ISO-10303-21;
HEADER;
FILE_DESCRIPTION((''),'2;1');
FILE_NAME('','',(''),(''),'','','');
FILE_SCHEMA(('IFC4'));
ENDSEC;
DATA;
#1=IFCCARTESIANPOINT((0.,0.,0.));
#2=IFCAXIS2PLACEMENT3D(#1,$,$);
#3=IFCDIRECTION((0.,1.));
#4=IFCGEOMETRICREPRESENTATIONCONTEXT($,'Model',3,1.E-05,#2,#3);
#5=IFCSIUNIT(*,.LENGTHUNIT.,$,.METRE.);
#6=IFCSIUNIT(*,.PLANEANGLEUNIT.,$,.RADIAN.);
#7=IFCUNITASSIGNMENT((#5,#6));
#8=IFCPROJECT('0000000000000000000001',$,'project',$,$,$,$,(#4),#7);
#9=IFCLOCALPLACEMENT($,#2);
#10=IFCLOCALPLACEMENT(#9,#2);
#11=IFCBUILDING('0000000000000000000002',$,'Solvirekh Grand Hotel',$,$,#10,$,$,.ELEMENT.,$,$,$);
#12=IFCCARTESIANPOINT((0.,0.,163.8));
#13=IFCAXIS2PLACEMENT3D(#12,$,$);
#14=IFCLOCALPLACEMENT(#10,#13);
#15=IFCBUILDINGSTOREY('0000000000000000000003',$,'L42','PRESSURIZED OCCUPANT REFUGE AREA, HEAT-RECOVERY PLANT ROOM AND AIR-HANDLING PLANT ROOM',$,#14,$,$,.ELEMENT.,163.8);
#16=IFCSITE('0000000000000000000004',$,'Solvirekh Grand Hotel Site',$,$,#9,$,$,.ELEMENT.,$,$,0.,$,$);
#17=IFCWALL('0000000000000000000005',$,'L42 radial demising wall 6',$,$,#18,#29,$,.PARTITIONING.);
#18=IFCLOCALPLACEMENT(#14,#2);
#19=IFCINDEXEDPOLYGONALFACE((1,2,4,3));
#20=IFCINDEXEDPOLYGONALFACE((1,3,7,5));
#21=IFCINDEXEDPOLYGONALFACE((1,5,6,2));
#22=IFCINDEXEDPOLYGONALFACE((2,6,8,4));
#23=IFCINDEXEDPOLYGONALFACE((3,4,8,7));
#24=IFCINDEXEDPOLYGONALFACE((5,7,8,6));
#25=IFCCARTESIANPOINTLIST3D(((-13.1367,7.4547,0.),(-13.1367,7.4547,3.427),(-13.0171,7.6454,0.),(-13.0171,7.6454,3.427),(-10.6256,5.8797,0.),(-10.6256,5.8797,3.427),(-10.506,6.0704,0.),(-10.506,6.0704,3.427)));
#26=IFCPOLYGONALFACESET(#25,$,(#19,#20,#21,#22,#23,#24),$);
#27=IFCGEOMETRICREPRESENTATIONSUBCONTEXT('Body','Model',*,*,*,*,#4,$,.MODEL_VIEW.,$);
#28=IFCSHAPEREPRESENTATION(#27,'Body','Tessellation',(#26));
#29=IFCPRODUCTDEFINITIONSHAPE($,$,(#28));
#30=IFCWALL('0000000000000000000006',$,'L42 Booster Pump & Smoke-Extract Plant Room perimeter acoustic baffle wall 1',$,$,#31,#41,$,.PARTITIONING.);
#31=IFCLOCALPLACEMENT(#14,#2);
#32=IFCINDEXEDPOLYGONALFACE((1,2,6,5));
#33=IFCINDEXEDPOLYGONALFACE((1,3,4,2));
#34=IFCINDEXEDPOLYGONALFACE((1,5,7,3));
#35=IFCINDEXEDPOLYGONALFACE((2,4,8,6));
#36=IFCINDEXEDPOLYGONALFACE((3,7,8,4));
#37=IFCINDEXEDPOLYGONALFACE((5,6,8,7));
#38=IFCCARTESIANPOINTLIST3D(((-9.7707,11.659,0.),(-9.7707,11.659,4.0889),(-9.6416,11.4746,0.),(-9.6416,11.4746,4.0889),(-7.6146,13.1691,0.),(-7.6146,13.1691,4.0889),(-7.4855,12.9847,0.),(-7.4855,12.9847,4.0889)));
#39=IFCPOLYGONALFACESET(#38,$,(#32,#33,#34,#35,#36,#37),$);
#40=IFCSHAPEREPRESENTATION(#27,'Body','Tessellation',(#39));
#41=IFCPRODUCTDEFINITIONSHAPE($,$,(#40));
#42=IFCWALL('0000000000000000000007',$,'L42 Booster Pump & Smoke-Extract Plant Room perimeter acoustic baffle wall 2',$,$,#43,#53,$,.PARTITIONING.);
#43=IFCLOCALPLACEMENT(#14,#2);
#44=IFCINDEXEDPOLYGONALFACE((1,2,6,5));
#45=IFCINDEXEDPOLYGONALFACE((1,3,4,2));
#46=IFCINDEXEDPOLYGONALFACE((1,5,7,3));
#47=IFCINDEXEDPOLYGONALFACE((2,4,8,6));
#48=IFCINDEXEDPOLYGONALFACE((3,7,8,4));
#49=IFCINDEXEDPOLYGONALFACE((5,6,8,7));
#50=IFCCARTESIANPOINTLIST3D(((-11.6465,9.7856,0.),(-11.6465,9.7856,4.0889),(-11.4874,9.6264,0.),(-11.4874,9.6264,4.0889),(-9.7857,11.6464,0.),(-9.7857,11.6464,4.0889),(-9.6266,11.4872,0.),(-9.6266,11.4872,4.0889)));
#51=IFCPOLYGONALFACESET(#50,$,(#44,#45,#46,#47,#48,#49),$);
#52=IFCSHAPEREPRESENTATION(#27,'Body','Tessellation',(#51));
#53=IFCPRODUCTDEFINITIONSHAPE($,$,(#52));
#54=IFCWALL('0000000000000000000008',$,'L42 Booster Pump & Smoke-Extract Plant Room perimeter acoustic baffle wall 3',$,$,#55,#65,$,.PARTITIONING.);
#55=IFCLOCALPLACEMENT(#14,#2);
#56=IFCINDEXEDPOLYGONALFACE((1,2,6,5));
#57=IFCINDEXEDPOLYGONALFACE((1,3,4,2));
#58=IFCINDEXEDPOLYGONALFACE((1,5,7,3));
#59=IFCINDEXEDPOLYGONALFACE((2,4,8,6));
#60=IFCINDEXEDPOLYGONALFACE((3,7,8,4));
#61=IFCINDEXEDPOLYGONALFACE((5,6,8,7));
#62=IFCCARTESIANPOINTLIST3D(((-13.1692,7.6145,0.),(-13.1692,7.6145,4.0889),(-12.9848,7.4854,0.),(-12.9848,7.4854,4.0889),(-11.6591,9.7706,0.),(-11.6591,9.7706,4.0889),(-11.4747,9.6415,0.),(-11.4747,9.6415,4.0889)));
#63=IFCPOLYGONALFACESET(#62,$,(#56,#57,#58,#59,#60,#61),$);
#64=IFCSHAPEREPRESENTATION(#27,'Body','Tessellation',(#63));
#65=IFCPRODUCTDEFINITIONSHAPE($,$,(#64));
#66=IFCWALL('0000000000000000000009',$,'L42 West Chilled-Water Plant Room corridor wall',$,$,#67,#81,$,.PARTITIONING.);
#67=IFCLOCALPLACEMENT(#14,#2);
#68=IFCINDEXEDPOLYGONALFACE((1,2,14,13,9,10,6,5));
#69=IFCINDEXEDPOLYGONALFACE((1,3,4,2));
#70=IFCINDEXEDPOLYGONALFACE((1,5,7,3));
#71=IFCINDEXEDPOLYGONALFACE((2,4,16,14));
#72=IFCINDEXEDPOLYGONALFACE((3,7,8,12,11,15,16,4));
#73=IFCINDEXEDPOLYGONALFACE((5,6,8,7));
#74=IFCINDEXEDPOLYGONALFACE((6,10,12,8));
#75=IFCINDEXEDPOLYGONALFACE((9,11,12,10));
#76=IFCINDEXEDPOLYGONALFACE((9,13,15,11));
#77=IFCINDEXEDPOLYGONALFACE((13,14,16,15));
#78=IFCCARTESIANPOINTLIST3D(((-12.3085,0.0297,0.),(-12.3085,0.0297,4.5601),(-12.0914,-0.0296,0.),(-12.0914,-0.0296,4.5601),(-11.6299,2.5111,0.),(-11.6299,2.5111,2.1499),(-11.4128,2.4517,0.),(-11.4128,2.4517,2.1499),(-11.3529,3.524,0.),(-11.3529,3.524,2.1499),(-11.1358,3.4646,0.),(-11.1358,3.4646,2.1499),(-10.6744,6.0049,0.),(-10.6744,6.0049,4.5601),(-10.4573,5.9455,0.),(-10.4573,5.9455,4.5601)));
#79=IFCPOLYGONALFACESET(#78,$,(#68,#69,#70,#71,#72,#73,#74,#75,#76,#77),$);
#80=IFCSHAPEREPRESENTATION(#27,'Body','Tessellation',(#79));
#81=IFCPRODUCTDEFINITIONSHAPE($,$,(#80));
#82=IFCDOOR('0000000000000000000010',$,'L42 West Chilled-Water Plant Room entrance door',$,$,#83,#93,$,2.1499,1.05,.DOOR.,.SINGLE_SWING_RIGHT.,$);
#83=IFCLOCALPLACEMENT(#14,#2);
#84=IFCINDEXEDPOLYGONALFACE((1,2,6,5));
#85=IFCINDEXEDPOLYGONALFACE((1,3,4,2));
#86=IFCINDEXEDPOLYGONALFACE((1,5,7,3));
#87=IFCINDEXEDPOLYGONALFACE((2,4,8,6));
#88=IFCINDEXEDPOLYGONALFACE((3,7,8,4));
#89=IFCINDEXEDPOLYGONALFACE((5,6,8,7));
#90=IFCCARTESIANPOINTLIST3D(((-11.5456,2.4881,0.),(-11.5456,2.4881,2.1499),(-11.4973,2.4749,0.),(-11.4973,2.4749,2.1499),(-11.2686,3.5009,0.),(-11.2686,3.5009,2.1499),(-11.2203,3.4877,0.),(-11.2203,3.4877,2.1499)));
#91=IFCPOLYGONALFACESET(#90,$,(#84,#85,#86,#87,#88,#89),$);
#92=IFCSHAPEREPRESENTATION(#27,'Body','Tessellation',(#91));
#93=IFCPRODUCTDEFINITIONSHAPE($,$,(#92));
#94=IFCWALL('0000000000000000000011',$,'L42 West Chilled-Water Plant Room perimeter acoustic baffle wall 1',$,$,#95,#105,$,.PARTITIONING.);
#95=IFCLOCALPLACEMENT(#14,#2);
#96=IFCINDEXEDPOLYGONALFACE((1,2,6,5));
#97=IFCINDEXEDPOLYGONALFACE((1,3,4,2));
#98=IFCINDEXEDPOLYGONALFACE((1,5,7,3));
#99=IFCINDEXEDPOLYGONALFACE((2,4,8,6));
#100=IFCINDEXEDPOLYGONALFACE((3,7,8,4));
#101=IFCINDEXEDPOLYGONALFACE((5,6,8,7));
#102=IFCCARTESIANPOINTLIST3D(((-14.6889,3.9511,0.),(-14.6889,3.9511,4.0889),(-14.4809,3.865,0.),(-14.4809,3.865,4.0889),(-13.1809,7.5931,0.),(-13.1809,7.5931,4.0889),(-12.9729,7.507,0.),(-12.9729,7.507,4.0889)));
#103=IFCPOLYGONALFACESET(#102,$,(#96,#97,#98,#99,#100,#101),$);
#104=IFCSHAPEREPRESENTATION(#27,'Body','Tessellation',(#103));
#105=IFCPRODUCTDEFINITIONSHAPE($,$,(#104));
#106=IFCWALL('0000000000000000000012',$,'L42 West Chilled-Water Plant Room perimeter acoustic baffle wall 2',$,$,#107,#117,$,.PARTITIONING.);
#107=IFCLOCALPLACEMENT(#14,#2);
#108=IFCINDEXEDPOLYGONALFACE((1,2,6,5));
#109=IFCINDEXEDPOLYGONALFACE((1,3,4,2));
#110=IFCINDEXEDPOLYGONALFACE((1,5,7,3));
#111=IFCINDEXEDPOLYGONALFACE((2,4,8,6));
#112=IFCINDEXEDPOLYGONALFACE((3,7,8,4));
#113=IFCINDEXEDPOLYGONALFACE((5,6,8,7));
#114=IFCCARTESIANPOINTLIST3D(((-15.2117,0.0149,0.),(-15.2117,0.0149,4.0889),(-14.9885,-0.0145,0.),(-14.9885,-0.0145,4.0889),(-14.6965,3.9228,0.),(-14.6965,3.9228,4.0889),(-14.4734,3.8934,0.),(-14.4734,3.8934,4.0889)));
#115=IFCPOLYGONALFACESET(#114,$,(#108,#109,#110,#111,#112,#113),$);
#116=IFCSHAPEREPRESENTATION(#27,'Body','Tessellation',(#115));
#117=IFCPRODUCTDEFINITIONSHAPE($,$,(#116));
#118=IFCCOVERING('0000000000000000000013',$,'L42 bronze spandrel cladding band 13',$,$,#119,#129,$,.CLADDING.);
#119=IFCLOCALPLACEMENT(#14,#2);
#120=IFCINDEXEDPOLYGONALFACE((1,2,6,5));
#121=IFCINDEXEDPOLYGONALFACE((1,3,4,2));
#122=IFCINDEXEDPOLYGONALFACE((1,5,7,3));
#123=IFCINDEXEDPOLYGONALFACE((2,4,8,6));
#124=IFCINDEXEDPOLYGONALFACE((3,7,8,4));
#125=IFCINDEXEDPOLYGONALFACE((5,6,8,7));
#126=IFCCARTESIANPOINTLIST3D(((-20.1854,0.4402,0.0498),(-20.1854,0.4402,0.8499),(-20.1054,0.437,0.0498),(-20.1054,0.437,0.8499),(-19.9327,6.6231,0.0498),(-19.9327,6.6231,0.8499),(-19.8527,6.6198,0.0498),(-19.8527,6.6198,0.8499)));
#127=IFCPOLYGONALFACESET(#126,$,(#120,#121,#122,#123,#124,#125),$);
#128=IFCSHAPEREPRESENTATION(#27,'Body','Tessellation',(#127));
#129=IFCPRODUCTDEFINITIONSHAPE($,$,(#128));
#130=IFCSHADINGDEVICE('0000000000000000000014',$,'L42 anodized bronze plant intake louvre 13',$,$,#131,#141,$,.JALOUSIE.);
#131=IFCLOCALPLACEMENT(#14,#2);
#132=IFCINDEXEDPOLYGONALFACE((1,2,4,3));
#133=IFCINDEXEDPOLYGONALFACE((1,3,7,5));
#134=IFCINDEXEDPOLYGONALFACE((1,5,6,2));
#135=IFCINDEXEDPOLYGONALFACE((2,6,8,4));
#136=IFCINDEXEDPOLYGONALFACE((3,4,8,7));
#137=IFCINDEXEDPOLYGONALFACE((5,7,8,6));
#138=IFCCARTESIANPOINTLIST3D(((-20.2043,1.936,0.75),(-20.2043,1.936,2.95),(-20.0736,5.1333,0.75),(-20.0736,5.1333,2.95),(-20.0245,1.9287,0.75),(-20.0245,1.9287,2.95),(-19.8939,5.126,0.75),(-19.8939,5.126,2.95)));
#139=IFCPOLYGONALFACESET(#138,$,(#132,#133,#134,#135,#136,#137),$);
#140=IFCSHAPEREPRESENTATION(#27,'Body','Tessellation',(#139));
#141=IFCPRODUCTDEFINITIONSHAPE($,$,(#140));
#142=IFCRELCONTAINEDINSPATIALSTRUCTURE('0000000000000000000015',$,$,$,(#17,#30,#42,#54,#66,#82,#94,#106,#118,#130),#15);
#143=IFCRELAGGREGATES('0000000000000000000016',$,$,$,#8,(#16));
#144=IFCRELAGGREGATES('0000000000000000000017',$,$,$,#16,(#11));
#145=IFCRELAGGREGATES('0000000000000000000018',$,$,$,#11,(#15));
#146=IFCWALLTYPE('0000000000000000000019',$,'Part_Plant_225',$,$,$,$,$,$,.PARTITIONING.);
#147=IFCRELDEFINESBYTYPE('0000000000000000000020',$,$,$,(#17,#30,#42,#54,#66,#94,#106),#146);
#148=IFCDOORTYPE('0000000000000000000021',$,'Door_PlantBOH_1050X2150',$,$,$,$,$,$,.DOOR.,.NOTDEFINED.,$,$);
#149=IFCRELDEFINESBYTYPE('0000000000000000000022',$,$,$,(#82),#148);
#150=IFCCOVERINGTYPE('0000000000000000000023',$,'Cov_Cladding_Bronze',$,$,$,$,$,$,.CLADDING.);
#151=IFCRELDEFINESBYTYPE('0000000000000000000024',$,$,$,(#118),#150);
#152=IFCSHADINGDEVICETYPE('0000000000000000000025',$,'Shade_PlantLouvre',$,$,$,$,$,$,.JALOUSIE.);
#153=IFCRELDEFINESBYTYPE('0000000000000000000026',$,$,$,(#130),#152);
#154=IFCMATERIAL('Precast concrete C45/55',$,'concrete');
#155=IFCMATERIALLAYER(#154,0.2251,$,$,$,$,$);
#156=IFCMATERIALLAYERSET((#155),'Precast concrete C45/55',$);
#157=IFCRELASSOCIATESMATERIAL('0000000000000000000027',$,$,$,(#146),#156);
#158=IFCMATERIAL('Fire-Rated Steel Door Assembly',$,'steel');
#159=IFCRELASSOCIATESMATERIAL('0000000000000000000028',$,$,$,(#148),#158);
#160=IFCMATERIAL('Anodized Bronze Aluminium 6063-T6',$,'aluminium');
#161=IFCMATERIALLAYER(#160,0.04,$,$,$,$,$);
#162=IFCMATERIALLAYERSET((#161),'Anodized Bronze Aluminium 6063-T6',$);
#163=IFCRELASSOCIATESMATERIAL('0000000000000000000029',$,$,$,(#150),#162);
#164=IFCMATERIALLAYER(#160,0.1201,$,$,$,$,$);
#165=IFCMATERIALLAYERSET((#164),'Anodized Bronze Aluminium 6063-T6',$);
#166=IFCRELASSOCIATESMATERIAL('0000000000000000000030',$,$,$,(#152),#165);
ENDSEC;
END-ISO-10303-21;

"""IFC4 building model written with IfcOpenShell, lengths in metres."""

from ifc_helpers import new_model, si_unit, direction, frame, frame_2d, origin, origin_2d, place, context, subcontext, project, spatial, rectangle, extrude, material, layer, layer_set, type_object, element, fill, save


model = new_model("IFC4")

# Units and contexts
model_context = context("Model", 3, precision=1e-05, world=origin(), true_north=direction((0.0, 1.0)))
body_context = subcontext(model_context, "Body", "Model", "MODEL_VIEW")
ifc_project = project(units=[si_unit("LENGTHUNIT", "METRE"), si_unit("PLANEANGLEUNIT", "RADIAN")], contexts=[model_context])

# Site, building, storey
site_placement = place(None, origin())
site = spatial("IfcSite", under=ifc_project, at=site_placement, Name="Solvirekh Grand Hotel Site", CompositionType="ELEMENT", RefElevation=0.0)
building_placement = place(site_placement, origin())
building = spatial("IfcBuilding", under=site, at=building_placement, Name="Solvirekh Grand Hotel", CompositionType="ELEMENT")
storey_placement = place(building_placement, frame((0.0, 0.0, 163.8)))
storey = spatial("IfcBuildingStorey", under=building, at=storey_placement, Name="L42", Description="PRESSURIZED OCCUPANT REFUGE AREA, HEAT-RECOVERY PLANT ROOM AND AIR-HANDLING PLANT ROOM", CompositionType="ELEMENT", Elevation=163.8)

# Shared definitions
ifc_material_1 = material(Name="Precast concrete C45/55", Category="concrete")

# Shared definitions
ifc_material_2 = material(Name="Fire-Rated Steel Door Assembly", Category="steel")

# Walls
ifc_layer_1 = layer(ifc_material_1, 0.2251)
ifc_layer_set_1 = layer_set([ifc_layer_1], Name="Precast concrete C45/55")
wall_type_1 = type_object("IfcWallType", Name="Part_Plant_225", PredefinedType="PARTITIONING", material=ifc_layer_set_1)
wall_1_placement = place(storey_placement, frame((-10.5659, 5.9751, 0.0), z_axis=(0.0, 0.0, 1.0), x_axis=(-0.84715, 0.531353, 0.0)))
element("IfcWall", 1, at=wall_1_placement, inside=storey, type_object=wall_type_1, Name="L42 radial demising wall 6", PredefinedType="PARTITIONING", context=body_context, shape_type="SweptSolid", body=[
    extrude(rectangle(XDim=2.9641, YDim=0.2251, at=frame_2d((1.4819, 0.0))), origin(), (0.0, 0.0, 1.0), 3.427),
])
wall_2_placement = place(storey_placement, frame((-7.55, 13.0769, 0.0), z_axis=(0.0, 0.0, 1.0), x_axis=(-0.819088, -0.573668, 0.0)))
element("IfcWall", 2, at=wall_2_placement, inside=storey, type_object=wall_type_1, Name="L42 Booster Pump & Smoke-Extract Plant Room perimeter acoustic baffle wall 1", PredefinedType="PARTITIONING", context=body_context, shape_type="SweptSolid", body=[
    extrude(rectangle(XDim=2.6323, YDim=0.2251, at=frame_2d((1.3162, 0.0))), origin(), (0.0, 0.0, 1.0), 4.0889),
])
wall_3_placement = place(storey_placement, frame((-9.7061, 11.5669, 0.0), z_axis=(0.0, 0.0, 1.0), x_axis=(-0.707107, -0.707107, 0.0)))
element("IfcWall", 3, at=wall_3_placement, inside=storey, type_object=wall_type_1, Name="L42 Booster Pump & Smoke-Extract Plant Room perimeter acoustic baffle wall 2", PredefinedType="PARTITIONING", context=body_context, shape_type="SweptSolid", body=[
    extrude(rectangle(XDim=2.6316, YDim=0.2251, at=frame_2d((1.3159, 0.0))), origin(), (0.0, 0.0, 1.0), 4.0889),
])
wall_4_placement = place(storey_placement, frame((-11.5669, 9.7061, 0.0), z_axis=(0.0, 0.0, 1.0), x_axis=(-0.573668, -0.819088, 0.0)))
element("IfcWall", 4, at=wall_4_placement, inside=storey, type_object=wall_type_1, Name="L42 Booster Pump & Smoke-Extract Plant Room perimeter acoustic baffle wall 3", PredefinedType="PARTITIONING", context=body_context, shape_type="SweptSolid", body=[
    extrude(rectangle(XDim=2.6323, YDim=0.2251, at=frame_2d((1.3162, 0.0))), origin(), (0.0, 0.0, 1.0), 4.0889),
])

# Wall, opening, door
wall_5_placement = place(storey_placement, frame((-10.5659, 5.9751, 0.0), z_axis=(0.0, 0.0, 1.0), x_axis=(-0.263788, -0.964581, 0.0)))
wall_5 = element("IfcWall", 5, at=wall_5_placement, inside=storey, type_object=wall_type_1, Name="L42 West Chilled-Water Plant Room corridor wall", PredefinedType="PARTITIONING", context=body_context, shape_type="SweptSolid", body=[
    extrude(rectangle(XDim=6.1946, YDim=0.2251, at=frame_2d((3.0972, 0.0))), origin(), (0.0, 0.0, 1.0), 4.5601),
])
opening_1_placement = place(wall_5_placement, frame((2.572, 0.0, 0.0)))
opening_1 = element("IfcOpeningElement", 6, at=opening_1_placement, cuts=wall_5, PredefinedType="OPENING", context=body_context, shape_type="SweptSolid", body=[
    extrude(rectangle(XDim=1.05, YDim=2.1499, at=frame_2d((0.5249, 1.075))), frame((0.0, 0.1226, 0.0), z_axis=(0.0, -1.0, 0.0), x_axis=(1.0, 0.0, 0.0)), (0.0, 0.0, 1.0), 0.2451),
])
door_type_1 = type_object("IfcDoorType", Name="Door_PlantBOH_1050X2150", OperationType="NOTDEFINED", PredefinedType="DOOR", material=ifc_material_2)
door_1_placement = place(opening_1_placement, origin())
door_1 = element("IfcDoor", 7, at=door_1_placement, inside=storey, type_object=door_type_1, Name="L42 West Chilled-Water Plant Room entrance door", OperationType="SINGLE_SWING_RIGHT", OverallHeight=2.1499, OverallWidth=1.05, PredefinedType="DOOR", context=body_context, shape_type="SweptSolid", body=[
    extrude(rectangle(XDim=1.05, YDim=2.1499, at=frame_2d((0.5249, 1.075))), frame((0.0, 0.0249, 0.0), z_axis=(0.0, -1.0, 0.0), x_axis=(1.0, 0.0, 0.0)), (0.0, 0.0, 1.0), 0.05),
])
fill(opening_1, door_1)

# Walls
wall_6_placement = place(storey_placement, frame((-13.0769, 7.55, 0.0), z_axis=(0.0, 0.0, 1.0), x_axis=(-0.382565, -0.923929, 0.0)))
element("IfcWall", 8, at=wall_6_placement, inside=storey, type_object=wall_type_1, Name="L42 West Chilled-Water Plant Room perimeter acoustic baffle wall 1", PredefinedType="PARTITIONING", context=body_context, shape_type="SweptSolid", body=[
    extrude(rectangle(XDim=3.9419, YDim=0.2251, at=frame_2d((1.9709, 0.0))), origin(), (0.0, 0.0, 1.0), 4.0889),
])
wall_7_placement = place(storey_placement, frame((-14.585, 3.908, 0.0), z_axis=(0.0, 0.0, 1.0), x_axis=(-0.130687, -0.991424, 0.0)))
element("IfcWall", 9, at=wall_7_placement, inside=storey, type_object=wall_type_1, Name="L42 West Chilled-Water Plant Room perimeter acoustic baffle wall 2", PredefinedType="PARTITIONING", context=body_context, shape_type="SweptSolid", body=[
    extrude(rectangle(XDim=3.9417, YDim=0.2251, at=frame_2d((1.9707, 0.0))), origin(), (0.0, 0.0, 1.0), 4.0889),
])

# Covering
ifc_material_3 = material(Name="Anodized Bronze Aluminium 6063-T6", Category="aluminium")
ifc_layer_2 = layer(ifc_material_3, 0.04)
ifc_layer_set_2 = layer_set([ifc_layer_2], Name="Anodized Bronze Aluminium 6063-T6")
covering_type = type_object("IfcCoveringType", Name="Cov_Cladding_Bronze", PredefinedType="CLADDING", material=ifc_layer_set_2)
covering_placement = place(storey_placement, frame((-20.019, 3.53, 0.0498), z_axis=(0.0, 0.0, 1.0), x_axis=(0.040829, 0.999166, 0.0)))
element("IfcCovering", 10, at=covering_placement, inside=storey, type_object=covering_type, Name="L42 bronze spandrel cladding band 13", PredefinedType="CLADDING", context=body_context, shape_type="SweptSolid", body=[
    extrude(rectangle(XDim=6.188, YDim=0.0801, at=origin_2d()), origin(), (0.0, 0.0, 1.0), 0.8),
])

# Shading device
ifc_layer_3 = layer(ifc_material_3, 0.1201)
ifc_layer_set_3 = layer_set([ifc_layer_3], Name="Anodized Bronze Aluminium 6063-T6")
shading_device_type = type_object("IfcShadingDeviceType", Name="Shade_PlantLouvre", PredefinedType="JALOUSIE", material=ifc_layer_set_3)
shading_device_placement = place(storey_placement, frame((-20.0491, 3.531, 0.75), z_axis=(0.0, 0.0, 1.0), x_axis=(0.040829, 0.999166, 0.0)))
element("IfcShadingDevice", 11, at=shading_device_placement, inside=storey, type_object=shading_device_type, Name="L42 anodized bronze plant intake louvre 13", PredefinedType="JALOUSIE", context=body_context, shape_type="SweptSolid", body=[
    extrude(rectangle(XDim=3.2, YDim=0.1799, at=origin_2d()), origin(), (0.0, 0.0, 1.0), 2.2),
])

save(model, "model.ifc")
